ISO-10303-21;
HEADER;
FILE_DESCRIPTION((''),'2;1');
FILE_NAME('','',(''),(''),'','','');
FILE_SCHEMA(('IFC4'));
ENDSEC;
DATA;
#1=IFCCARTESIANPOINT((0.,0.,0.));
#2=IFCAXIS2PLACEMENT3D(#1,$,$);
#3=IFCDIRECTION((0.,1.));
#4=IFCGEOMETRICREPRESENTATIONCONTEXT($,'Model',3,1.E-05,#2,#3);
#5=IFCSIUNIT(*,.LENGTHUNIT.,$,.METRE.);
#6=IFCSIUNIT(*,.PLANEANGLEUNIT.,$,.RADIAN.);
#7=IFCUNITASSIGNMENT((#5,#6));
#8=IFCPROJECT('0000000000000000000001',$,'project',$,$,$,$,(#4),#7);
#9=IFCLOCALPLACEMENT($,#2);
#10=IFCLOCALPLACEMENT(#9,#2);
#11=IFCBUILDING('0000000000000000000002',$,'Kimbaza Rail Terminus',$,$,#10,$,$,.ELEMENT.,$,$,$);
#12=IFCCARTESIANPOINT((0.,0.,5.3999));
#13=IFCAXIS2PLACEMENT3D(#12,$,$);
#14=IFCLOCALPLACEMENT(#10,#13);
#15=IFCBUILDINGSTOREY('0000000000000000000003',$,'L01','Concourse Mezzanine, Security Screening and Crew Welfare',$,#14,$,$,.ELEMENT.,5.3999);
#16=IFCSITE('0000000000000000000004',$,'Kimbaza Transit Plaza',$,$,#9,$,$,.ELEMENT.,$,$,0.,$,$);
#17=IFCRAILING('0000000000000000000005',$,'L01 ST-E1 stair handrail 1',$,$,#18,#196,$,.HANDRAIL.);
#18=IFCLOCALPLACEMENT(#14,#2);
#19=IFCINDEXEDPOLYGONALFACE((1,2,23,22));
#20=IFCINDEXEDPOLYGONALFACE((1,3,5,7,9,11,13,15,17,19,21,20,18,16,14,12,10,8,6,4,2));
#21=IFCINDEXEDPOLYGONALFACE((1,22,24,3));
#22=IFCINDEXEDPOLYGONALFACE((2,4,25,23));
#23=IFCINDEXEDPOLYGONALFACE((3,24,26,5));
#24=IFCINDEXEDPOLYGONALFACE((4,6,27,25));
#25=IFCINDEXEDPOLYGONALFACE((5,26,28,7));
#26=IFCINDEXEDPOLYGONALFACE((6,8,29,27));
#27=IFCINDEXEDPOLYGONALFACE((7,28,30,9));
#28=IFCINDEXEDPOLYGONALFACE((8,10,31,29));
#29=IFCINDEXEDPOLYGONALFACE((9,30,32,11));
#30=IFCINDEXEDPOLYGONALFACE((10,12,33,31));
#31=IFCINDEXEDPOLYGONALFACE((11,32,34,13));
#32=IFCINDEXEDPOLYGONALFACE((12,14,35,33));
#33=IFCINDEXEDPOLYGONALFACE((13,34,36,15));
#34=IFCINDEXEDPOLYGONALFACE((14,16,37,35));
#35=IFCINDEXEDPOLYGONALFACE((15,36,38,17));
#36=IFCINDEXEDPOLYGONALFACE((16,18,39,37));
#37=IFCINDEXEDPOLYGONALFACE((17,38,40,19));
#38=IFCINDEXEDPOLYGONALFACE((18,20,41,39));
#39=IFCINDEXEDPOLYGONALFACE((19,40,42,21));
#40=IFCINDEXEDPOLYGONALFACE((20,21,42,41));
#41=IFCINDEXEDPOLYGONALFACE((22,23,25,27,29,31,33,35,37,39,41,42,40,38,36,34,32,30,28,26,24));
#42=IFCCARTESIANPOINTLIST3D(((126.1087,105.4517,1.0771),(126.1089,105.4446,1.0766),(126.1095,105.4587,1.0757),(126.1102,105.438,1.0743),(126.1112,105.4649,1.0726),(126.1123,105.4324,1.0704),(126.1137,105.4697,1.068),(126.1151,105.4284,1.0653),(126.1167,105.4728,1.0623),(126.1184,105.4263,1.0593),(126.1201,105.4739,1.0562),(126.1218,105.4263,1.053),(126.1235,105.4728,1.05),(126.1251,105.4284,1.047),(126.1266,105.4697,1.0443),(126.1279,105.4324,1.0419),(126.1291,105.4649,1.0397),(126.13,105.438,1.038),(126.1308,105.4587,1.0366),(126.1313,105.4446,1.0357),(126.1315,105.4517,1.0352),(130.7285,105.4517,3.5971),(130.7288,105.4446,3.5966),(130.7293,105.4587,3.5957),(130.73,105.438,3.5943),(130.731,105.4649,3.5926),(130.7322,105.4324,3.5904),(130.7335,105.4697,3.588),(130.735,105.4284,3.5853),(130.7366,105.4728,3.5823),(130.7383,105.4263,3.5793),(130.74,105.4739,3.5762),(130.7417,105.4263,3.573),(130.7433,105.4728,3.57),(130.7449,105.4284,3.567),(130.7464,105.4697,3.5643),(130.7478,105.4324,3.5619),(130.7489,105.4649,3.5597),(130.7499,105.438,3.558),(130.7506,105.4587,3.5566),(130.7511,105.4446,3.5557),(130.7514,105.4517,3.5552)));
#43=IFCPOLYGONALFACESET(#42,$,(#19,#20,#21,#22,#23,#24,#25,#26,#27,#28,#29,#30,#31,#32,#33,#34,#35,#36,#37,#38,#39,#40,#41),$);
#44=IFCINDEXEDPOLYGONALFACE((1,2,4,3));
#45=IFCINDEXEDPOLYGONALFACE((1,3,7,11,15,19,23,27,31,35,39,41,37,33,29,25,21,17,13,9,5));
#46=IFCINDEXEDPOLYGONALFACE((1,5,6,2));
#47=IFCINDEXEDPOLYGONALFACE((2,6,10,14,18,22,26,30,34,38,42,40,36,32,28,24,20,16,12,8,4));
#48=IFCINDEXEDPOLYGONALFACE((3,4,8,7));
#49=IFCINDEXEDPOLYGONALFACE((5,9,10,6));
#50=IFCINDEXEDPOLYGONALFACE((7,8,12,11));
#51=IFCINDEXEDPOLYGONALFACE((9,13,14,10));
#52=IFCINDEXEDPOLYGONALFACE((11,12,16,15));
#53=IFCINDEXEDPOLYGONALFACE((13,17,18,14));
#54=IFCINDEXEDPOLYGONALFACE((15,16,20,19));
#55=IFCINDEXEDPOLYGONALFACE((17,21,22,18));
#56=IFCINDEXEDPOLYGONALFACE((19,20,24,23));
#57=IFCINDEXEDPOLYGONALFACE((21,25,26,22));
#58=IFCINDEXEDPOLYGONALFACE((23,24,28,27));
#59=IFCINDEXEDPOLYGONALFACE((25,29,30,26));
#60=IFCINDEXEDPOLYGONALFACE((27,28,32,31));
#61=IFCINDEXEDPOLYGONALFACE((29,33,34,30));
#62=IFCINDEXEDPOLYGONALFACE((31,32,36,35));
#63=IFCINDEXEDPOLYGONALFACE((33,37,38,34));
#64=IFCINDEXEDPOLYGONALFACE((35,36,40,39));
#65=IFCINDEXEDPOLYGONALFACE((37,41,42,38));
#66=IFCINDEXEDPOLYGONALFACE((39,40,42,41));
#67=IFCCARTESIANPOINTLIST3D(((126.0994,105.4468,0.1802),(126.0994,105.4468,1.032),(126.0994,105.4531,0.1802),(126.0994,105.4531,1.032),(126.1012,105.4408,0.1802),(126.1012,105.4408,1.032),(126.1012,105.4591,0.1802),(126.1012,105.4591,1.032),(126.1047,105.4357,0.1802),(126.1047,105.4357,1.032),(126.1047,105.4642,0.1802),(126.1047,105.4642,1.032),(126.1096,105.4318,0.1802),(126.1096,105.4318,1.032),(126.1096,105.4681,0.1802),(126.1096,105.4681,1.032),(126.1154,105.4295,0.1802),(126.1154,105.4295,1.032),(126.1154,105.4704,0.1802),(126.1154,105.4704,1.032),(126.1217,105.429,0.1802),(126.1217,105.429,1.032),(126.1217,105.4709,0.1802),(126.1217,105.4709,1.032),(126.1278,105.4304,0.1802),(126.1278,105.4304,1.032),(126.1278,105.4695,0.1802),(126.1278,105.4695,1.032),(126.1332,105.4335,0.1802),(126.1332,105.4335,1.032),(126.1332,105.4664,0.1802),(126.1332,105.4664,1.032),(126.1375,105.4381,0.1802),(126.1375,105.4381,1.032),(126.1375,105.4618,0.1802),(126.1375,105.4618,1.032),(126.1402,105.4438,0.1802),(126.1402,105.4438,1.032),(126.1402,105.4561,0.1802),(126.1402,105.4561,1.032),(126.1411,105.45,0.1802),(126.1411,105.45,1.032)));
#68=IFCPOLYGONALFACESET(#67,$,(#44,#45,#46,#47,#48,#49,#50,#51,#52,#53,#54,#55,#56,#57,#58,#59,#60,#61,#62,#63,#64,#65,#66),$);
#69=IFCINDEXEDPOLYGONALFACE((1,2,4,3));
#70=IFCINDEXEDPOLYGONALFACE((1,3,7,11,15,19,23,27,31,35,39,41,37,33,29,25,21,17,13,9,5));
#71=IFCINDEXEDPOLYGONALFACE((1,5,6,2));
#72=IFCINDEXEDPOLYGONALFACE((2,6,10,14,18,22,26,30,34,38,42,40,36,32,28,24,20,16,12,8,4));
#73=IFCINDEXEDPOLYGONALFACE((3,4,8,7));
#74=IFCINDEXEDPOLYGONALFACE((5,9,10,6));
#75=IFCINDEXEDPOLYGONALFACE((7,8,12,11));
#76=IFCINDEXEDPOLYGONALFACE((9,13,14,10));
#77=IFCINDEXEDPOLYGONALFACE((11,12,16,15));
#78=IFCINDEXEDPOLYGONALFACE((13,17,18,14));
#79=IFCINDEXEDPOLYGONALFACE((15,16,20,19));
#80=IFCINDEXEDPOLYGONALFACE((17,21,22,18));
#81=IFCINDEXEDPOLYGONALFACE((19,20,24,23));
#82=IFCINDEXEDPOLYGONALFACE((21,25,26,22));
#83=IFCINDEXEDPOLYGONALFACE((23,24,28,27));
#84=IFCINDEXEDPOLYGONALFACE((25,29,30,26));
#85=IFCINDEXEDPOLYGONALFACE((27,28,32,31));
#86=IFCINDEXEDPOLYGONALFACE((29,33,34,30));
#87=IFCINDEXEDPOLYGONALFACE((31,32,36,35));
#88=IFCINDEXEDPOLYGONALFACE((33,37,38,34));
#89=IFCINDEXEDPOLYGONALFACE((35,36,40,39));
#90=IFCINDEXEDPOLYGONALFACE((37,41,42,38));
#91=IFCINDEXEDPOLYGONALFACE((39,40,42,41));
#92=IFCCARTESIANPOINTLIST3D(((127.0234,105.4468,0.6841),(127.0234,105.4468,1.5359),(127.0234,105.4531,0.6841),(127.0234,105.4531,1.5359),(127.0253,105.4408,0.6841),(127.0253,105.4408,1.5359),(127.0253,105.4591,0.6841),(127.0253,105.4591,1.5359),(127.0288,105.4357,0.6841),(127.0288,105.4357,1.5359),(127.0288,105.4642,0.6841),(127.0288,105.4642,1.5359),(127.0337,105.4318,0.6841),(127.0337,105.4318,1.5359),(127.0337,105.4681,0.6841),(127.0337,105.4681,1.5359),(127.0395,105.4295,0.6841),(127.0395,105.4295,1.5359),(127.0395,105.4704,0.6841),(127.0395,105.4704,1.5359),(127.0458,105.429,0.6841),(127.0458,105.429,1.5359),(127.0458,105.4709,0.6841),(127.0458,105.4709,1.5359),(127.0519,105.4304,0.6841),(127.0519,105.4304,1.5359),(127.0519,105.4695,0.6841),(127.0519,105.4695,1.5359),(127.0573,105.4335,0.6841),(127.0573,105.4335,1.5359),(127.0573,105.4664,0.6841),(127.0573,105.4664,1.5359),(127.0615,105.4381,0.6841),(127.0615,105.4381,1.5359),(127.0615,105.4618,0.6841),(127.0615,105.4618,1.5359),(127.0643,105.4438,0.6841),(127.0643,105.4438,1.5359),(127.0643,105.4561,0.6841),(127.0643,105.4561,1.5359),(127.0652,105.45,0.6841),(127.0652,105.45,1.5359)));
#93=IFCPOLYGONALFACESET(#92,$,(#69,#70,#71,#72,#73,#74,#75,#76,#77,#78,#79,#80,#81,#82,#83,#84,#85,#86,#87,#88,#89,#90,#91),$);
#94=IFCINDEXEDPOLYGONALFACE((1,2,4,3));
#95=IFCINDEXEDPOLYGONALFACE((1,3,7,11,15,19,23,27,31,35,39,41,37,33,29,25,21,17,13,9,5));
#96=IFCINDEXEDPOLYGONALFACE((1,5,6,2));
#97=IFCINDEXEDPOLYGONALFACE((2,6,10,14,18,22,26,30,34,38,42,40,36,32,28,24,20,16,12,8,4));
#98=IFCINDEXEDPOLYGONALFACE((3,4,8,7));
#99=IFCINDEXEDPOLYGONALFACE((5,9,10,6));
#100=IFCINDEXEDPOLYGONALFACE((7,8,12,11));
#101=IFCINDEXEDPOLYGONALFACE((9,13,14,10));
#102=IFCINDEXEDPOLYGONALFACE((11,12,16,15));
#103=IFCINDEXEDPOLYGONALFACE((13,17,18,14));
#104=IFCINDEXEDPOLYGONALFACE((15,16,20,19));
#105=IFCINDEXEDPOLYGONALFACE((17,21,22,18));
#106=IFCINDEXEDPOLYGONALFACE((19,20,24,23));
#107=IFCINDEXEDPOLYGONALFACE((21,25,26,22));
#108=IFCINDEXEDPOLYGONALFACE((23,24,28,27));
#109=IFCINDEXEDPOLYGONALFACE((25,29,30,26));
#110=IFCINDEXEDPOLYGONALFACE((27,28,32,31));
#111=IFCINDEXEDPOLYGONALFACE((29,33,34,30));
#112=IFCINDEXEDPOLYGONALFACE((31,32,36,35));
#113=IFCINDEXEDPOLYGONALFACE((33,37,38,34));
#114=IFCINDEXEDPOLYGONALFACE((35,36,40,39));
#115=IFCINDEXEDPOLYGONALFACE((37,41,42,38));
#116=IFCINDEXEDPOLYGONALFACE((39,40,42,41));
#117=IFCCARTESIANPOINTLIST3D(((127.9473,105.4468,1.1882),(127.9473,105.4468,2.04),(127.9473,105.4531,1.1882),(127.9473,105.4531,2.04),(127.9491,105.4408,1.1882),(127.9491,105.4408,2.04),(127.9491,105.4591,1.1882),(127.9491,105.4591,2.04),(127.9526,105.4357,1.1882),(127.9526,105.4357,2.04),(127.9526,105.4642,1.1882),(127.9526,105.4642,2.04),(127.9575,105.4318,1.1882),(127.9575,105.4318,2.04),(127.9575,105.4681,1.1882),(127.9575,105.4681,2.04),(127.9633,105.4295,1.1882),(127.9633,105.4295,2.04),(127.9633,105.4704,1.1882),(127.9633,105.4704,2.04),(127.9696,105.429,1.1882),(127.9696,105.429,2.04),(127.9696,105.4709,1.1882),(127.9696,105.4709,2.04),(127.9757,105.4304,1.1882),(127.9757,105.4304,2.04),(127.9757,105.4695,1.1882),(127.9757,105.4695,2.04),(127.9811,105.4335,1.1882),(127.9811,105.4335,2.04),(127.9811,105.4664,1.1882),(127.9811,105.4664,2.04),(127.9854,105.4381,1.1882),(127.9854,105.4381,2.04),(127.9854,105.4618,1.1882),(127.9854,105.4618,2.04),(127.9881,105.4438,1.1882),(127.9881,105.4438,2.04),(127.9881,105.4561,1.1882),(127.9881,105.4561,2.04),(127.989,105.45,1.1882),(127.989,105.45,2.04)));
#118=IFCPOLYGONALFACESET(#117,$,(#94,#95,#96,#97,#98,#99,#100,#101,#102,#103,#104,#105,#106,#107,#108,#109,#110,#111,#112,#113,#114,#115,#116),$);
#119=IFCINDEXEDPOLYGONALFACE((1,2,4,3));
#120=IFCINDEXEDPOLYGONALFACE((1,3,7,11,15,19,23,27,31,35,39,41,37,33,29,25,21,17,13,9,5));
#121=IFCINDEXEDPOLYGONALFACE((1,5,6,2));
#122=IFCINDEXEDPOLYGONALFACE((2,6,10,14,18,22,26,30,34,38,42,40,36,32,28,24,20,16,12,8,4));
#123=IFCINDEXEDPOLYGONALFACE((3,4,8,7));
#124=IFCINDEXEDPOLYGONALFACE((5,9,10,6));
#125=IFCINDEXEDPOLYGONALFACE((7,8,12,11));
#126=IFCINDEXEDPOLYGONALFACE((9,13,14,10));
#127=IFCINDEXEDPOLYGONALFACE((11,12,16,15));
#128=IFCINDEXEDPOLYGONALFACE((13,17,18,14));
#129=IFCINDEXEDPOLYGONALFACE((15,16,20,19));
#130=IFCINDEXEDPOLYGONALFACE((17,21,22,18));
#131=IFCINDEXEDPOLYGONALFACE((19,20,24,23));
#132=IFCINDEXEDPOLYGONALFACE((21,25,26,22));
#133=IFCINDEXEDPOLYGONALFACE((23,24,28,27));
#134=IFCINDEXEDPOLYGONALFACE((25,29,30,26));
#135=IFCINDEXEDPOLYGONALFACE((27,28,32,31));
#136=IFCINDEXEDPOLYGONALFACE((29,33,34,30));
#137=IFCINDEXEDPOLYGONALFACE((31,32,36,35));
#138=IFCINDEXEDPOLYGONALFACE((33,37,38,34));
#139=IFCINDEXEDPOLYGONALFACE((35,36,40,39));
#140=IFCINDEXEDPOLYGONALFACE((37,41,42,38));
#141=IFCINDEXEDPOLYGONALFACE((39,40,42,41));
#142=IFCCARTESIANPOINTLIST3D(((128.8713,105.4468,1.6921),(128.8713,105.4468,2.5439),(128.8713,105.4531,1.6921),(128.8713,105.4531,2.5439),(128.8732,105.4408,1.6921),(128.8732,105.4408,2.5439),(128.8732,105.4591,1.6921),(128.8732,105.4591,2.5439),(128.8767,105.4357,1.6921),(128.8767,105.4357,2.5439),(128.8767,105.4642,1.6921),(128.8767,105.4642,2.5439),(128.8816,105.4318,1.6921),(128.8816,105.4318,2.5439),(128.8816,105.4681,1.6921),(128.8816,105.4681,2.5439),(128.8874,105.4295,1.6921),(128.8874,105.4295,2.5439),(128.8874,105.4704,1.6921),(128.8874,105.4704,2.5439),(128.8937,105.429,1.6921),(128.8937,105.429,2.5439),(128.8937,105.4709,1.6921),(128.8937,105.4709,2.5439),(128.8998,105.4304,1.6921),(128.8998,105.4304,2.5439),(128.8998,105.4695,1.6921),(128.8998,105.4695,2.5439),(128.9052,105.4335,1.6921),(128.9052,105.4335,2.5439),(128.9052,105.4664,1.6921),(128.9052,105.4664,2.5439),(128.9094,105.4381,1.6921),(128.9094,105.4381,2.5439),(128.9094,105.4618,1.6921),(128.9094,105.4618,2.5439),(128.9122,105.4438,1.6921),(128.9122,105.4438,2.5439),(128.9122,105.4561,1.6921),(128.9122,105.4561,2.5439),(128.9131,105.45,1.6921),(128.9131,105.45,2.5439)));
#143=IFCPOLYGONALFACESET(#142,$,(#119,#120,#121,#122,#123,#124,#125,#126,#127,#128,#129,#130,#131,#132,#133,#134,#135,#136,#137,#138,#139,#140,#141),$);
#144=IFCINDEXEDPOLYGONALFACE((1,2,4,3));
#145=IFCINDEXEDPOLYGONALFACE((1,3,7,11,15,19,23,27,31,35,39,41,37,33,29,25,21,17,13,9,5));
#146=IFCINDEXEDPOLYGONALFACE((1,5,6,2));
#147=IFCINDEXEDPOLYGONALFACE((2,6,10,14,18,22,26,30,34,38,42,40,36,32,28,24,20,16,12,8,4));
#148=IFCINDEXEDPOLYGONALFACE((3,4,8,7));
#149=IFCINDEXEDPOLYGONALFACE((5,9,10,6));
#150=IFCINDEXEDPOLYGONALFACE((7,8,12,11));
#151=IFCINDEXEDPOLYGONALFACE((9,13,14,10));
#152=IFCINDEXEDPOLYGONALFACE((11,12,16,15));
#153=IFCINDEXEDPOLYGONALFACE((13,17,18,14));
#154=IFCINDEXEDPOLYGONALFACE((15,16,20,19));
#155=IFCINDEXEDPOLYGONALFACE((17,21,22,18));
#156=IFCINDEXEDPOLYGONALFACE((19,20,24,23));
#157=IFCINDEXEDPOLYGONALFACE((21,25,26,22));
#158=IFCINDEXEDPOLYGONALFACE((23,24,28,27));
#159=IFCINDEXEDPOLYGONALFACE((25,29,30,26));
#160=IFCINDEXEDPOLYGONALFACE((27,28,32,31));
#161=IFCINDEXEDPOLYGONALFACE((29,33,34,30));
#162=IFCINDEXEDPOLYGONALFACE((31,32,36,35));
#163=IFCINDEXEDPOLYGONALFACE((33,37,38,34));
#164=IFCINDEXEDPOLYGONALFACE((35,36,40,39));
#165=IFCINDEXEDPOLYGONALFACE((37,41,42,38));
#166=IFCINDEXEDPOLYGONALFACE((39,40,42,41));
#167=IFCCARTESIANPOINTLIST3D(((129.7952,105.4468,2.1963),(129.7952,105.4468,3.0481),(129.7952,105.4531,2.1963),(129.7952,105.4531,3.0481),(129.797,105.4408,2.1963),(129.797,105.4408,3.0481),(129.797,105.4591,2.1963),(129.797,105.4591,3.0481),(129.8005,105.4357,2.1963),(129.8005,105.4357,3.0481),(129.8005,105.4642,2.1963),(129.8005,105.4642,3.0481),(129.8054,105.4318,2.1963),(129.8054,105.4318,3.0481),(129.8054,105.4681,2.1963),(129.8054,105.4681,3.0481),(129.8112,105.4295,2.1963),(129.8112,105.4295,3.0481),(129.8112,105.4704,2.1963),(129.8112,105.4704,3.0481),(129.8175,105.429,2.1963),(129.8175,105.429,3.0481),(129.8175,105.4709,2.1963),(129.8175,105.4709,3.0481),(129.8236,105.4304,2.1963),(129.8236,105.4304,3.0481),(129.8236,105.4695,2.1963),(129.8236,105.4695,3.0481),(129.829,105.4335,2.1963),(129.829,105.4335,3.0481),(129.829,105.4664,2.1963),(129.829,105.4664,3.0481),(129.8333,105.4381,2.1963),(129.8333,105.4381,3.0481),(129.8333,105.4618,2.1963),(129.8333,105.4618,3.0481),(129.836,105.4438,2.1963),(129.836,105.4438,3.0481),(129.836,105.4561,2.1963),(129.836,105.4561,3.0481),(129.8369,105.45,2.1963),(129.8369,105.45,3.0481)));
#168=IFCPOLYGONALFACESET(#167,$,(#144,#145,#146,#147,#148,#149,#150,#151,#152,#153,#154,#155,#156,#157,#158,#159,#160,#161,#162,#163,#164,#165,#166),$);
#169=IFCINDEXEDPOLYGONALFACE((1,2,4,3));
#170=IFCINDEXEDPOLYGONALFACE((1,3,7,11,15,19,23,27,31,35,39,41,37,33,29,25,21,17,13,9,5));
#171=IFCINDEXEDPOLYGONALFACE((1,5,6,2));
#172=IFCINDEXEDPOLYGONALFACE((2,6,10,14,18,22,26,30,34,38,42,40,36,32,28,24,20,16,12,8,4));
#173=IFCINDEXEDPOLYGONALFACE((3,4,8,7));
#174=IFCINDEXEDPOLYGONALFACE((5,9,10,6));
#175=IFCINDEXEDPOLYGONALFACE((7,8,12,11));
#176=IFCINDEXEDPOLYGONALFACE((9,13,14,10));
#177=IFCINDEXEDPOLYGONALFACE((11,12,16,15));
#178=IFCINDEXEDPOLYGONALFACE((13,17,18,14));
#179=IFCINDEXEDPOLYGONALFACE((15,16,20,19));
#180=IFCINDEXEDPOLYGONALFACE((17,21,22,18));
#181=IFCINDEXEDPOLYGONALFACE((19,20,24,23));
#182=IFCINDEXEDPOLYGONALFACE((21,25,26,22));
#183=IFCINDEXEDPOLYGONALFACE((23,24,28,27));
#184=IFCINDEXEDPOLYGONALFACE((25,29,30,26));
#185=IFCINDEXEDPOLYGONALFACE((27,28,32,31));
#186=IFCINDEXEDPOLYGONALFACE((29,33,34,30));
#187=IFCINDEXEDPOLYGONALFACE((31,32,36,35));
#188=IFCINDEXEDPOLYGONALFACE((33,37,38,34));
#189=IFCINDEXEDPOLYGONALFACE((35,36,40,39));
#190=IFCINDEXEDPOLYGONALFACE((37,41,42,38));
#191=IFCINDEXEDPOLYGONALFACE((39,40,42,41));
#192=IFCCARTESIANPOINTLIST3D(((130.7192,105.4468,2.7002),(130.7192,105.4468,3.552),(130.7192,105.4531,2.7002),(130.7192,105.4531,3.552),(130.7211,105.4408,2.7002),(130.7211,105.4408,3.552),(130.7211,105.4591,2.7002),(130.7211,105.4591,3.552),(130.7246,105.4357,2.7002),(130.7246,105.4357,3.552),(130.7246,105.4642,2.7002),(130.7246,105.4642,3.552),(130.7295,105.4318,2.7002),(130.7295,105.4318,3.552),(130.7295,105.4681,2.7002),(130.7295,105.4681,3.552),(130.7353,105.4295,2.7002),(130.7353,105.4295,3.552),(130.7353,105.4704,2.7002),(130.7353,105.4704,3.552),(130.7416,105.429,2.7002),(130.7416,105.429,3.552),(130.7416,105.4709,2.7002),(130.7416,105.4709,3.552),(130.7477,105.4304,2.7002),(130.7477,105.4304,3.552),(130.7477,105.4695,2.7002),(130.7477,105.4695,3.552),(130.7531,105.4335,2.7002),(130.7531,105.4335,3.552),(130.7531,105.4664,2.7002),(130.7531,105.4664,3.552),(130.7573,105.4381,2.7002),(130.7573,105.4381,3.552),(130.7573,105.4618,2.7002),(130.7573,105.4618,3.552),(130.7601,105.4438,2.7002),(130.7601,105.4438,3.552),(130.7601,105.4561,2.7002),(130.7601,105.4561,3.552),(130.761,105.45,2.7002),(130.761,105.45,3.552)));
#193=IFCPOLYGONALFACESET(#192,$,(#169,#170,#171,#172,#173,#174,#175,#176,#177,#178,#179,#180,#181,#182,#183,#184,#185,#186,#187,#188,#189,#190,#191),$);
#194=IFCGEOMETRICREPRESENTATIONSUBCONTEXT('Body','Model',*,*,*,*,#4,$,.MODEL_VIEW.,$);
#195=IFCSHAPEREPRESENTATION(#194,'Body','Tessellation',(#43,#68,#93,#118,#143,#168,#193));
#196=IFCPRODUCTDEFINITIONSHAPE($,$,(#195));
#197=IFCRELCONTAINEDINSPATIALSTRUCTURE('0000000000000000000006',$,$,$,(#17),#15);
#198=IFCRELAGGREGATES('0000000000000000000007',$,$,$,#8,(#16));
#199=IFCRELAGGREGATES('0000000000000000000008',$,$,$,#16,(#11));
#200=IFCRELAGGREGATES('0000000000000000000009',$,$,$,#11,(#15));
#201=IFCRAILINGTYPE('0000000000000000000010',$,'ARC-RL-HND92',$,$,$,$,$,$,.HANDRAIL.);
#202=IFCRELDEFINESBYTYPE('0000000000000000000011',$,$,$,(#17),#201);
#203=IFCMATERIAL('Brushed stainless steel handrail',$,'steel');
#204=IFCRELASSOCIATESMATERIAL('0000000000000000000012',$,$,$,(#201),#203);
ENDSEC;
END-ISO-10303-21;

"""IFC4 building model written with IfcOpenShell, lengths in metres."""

from ifc_helpers import new_model, si_unit, direction, frame, origin, origin_2d, place, context, subcontext, project, spatial, circle, extrude, material, type_object, element, save


model = new_model("IFC4")

# Units and contexts
model_context = context("Model", 3, precision=1e-05, world=origin(), true_north=direction((0.0, 1.0)))
body_context = subcontext(model_context, "Body", "Model", "MODEL_VIEW")
ifc_project = project(units=[si_unit("LENGTHUNIT", "METRE"), si_unit("PLANEANGLEUNIT", "RADIAN")], contexts=[model_context])

# Site, building, storey
site_placement = place(None, origin())
site = spatial("IfcSite", under=ifc_project, at=site_placement, Name="Kimbaza Transit Plaza", CompositionType="ELEMENT", RefElevation=0.0)
building_placement = place(site_placement, origin())
building = spatial("IfcBuilding", under=site, at=building_placement, Name="Kimbaza Rail Terminus", CompositionType="ELEMENT")
storey_placement = place(building_placement, frame((0.0, 0.0, 5.3999)))
storey = spatial("IfcBuildingStorey", under=building, at=storey_placement, Name="L01", Description="Concourse Mezzanine, Security Screening and Crew Welfare", CompositionType="ELEMENT", Elevation=5.3999)

# Railing
ifc_material_1 = material(Name="Brushed stainless steel handrail", Category="steel")
railing_type_1 = type_object("IfcRailingType", Name="ARC-RL-HND92", PredefinedType="HANDRAIL", material=ifc_material_1)
railing_1_placement = place(storey_placement, frame((126.1201, 105.45, 0.1802)))
element("IfcRailing", 1, at=railing_1_placement, inside=storey, type_object=railing_type_1, Name="L01 ST-E1 stair handrail 1", PredefinedType="HANDRAIL", context=body_context, shape_type="SweptSolid", body=[
    extrude(circle(Radius=0.0239, at=origin_2d()), frame((0.0, 0.0, 0.876), z_axis=(0.877888, 0.0, 0.478865), x_axis=(0.0, 1.0, 0.0)), (0.0, 0.0, 1.0), 5.2625),
    extrude(circle(Radius=0.021, at=origin_2d()), origin(), (0.0, 0.0, 1.0), 0.8518),
    extrude(circle(Radius=0.021, at=origin_2d()), frame((0.9241, 0.0, 0.5039)), (0.0, 0.0, 1.0), 0.8518),
    extrude(circle(Radius=0.021, at=origin_2d()), frame((1.8479, 0.0, 1.0081)), (0.0, 0.0, 1.0), 0.8518),
    extrude(circle(Radius=0.021, at=origin_2d()), frame((2.772, 0.0, 1.512)), (0.0, 0.0, 1.0), 0.8518),
    extrude(circle(Radius=0.021, at=origin_2d()), frame((3.6958, 0.0, 2.0161)), (0.0, 0.0, 1.0), 0.8518),
    extrude(circle(Radius=0.021, at=origin_2d()), frame((4.6199, 0.0, 2.52)), (0.0, 0.0, 1.0), 0.8518),
])

save(model, "model.ifc")
